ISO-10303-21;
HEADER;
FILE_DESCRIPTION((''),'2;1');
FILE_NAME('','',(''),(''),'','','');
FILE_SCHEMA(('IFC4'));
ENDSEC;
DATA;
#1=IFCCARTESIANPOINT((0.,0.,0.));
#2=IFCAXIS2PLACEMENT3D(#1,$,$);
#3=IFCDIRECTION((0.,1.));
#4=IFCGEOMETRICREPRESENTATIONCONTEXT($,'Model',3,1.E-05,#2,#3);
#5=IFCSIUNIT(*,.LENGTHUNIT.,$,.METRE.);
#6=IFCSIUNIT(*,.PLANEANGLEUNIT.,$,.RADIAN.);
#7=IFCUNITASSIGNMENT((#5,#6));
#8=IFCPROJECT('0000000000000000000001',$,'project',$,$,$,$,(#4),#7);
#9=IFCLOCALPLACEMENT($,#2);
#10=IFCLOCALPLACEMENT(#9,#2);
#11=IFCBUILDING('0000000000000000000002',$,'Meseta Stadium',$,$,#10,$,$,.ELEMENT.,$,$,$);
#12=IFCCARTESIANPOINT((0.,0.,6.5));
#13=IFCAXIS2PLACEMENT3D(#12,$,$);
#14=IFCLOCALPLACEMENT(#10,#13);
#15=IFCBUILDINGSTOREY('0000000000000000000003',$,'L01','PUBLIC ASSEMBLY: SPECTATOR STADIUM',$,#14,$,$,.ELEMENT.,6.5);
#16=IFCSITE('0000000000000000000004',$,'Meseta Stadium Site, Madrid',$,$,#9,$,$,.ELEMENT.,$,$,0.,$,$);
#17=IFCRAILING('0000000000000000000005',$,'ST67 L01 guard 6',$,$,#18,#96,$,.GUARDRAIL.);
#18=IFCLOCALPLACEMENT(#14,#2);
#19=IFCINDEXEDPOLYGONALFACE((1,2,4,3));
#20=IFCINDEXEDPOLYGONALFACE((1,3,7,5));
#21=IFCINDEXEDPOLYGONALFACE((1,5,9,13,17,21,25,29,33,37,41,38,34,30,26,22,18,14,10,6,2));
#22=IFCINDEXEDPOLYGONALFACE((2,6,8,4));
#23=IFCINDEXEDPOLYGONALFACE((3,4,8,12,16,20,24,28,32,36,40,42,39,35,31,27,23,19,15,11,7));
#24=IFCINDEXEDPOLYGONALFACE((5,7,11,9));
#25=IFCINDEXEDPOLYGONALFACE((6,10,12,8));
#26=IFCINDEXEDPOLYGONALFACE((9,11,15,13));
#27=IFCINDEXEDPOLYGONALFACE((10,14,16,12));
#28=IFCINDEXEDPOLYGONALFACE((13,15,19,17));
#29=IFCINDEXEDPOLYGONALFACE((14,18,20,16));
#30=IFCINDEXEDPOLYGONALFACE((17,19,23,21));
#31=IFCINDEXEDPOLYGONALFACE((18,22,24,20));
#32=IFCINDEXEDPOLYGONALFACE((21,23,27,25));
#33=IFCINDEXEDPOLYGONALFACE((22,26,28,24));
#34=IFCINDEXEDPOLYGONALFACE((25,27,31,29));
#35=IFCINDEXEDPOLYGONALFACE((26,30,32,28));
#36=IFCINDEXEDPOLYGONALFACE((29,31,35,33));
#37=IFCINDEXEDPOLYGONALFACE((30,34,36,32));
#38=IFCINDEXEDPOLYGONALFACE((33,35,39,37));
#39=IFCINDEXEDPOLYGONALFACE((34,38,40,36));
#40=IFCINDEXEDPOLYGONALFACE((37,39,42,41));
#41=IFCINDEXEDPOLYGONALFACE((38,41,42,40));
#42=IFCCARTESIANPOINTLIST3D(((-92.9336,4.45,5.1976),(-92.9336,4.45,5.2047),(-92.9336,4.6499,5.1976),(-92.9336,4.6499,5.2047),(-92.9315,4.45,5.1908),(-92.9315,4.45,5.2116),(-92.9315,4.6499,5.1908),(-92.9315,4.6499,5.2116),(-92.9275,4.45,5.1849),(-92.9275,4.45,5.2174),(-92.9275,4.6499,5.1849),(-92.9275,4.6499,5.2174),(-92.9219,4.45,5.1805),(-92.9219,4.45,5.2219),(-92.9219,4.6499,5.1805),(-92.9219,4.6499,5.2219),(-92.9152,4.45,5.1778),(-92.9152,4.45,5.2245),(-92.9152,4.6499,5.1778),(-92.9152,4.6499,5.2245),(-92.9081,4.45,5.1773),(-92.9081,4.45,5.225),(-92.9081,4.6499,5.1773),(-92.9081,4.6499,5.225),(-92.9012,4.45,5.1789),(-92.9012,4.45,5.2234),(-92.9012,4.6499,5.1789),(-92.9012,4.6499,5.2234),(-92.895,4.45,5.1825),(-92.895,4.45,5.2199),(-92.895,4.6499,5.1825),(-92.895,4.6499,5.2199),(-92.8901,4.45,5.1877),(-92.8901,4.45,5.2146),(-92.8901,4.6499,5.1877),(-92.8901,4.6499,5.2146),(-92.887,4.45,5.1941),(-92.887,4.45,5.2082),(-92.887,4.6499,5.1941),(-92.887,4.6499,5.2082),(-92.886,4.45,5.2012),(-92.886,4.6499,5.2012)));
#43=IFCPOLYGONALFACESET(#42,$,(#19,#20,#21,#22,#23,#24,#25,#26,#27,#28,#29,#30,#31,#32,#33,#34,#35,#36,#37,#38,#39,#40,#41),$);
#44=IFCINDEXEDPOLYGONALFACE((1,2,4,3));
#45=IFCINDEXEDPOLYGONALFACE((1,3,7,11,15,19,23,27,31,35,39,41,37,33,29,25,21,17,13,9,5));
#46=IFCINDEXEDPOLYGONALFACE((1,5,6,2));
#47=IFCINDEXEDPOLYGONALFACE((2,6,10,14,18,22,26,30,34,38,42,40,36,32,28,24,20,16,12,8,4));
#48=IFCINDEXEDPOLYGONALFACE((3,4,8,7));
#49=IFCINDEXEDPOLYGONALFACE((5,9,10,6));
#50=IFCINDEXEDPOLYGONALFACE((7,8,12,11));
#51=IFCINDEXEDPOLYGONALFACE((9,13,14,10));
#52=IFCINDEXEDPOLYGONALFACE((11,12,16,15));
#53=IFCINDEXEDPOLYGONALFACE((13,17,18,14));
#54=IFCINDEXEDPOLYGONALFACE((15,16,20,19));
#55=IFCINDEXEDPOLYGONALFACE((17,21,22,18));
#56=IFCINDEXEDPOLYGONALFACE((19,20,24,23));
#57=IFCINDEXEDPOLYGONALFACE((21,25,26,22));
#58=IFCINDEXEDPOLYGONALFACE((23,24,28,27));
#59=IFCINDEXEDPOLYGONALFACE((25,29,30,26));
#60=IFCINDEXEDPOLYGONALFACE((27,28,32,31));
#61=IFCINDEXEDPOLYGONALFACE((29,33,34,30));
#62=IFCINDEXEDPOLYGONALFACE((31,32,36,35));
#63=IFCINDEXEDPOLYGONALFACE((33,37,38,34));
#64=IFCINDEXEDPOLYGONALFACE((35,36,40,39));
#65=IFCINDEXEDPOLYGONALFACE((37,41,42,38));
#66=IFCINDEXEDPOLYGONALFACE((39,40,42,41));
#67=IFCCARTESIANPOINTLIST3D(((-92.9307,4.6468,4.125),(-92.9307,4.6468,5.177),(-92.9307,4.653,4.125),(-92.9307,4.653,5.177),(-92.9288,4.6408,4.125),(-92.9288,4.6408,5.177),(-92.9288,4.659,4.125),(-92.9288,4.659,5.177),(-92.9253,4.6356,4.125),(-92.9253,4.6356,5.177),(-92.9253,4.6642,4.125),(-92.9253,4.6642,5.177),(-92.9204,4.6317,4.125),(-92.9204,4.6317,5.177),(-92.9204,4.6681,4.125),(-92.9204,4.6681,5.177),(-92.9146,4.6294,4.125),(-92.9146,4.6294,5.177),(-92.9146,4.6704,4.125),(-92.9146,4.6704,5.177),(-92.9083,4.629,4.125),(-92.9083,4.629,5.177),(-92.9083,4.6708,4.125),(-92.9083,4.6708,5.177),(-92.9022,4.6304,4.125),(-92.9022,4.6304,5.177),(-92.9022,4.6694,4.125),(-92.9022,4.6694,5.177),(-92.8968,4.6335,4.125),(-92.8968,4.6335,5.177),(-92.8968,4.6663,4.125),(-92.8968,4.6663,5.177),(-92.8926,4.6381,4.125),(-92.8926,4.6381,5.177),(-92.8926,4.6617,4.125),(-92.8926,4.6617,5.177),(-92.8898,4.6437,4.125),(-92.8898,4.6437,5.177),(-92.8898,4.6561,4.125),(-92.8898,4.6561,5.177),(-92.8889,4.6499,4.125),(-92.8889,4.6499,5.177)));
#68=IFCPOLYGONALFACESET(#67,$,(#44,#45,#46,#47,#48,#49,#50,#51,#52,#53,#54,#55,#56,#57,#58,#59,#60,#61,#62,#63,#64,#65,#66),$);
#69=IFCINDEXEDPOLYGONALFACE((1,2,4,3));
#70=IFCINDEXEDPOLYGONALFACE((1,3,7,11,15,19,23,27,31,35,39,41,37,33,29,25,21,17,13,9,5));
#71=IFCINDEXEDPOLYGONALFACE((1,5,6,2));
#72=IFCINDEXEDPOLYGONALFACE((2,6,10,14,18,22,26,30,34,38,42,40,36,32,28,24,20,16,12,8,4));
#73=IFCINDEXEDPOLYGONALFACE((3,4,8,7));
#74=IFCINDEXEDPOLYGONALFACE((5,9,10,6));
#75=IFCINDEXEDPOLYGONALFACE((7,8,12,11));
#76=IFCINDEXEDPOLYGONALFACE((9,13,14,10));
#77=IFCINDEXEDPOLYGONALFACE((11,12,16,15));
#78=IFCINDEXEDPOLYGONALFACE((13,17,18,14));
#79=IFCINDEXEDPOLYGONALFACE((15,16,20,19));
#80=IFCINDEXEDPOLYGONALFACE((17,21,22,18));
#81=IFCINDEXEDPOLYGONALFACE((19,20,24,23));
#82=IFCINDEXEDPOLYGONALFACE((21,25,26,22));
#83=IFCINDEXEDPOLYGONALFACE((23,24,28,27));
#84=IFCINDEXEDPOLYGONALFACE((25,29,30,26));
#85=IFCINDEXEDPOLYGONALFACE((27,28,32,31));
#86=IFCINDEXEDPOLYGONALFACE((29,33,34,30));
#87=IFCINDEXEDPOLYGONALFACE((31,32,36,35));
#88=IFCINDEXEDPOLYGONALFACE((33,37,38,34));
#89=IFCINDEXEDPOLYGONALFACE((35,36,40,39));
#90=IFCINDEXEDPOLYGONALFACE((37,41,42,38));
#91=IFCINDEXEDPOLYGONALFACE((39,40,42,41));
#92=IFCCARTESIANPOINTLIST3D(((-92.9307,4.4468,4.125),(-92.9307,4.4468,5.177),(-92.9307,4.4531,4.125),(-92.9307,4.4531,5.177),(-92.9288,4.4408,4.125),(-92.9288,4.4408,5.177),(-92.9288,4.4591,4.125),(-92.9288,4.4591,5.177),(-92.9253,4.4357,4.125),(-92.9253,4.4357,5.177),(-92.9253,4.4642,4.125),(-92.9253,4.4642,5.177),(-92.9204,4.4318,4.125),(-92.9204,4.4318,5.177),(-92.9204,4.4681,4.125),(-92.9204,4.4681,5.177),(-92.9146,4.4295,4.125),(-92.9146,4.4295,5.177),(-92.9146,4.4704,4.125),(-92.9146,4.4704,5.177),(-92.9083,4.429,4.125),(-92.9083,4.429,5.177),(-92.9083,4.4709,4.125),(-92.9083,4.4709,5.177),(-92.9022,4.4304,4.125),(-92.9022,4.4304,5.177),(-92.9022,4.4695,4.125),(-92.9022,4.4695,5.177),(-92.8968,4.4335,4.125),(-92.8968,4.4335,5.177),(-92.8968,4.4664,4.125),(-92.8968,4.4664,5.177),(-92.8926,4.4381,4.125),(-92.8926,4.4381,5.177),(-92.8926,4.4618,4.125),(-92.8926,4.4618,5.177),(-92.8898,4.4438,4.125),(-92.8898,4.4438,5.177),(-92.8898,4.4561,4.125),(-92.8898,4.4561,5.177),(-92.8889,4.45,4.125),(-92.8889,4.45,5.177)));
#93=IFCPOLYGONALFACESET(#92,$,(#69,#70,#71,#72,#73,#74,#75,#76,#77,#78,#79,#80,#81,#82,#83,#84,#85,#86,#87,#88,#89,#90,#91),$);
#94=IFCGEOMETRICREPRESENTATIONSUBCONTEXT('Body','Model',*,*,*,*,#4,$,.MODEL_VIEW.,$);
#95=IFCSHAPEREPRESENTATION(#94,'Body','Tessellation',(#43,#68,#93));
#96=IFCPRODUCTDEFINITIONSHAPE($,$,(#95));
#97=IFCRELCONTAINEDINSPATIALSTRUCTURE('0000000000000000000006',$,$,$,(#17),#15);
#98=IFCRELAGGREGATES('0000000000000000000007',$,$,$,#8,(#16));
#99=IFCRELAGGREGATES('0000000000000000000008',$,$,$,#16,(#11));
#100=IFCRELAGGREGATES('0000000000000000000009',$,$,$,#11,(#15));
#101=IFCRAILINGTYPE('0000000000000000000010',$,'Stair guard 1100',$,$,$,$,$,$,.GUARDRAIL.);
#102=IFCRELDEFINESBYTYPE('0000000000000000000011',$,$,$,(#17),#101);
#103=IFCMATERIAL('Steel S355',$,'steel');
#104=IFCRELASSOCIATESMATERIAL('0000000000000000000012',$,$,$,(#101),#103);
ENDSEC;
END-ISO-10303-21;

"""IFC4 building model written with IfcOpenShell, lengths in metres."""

from ifc_helpers import new_model, si_unit, direction, frame, origin, origin_2d, place, context, subcontext, project, spatial, circle, extrude, material, type_object, element, save


model = new_model("IFC4")

# Units and contexts
model_context = context("Model", 3, precision=1e-05, world=origin(), true_north=direction((0.0, 1.0)))
body_context = subcontext(model_context, "Body", "Model", "MODEL_VIEW")
ifc_project = project(units=[si_unit("LENGTHUNIT", "METRE"), si_unit("PLANEANGLEUNIT", "RADIAN")], contexts=[model_context])

# Site, building, storey
site_placement = place(None, origin())
site = spatial("IfcSite", under=ifc_project, at=site_placement, Name="Meseta Stadium Site, Madrid", CompositionType="ELEMENT", RefElevation=0.0)
building_placement = place(site_placement, origin())
building = spatial("IfcBuilding", under=site, at=building_placement, Name="Meseta Stadium", CompositionType="ELEMENT")
storey_placement = place(building_placement, frame((0.0, 0.0, 6.5)))
storey = spatial("IfcBuildingStorey", under=building, at=storey_placement, Name="L01", Description="PUBLIC ASSEMBLY: SPECTATOR STADIUM", CompositionType="ELEMENT", Elevation=6.5)

# Railing
ifc_material_1 = material(Name="Steel S355", Category="steel")
railing_type_1 = type_object("IfcRailingType", Name="Stair guard 1100", PredefinedType="GUARDRAIL", material=ifc_material_1)
railing_1_placement = place(storey_placement, frame((-92.9099, 4.6499, 4.125)))
element("IfcRailing", 1, at=railing_1_placement, inside=storey, type_object=railing_type_1, Name="ST67 L01 guard 6", PredefinedType="GUARDRAIL", context=body_context, shape_type="SweptSolid", body=[
    extrude(circle(Radius=0.0239, at=origin_2d()), frame((0.0, 0.0, 1.0762), z_axis=(0.0, -1.0, 0.0), x_axis=(1.0, 0.0, 0.0)), (0.0, 0.0, 1.0), 0.2),
    extrude(circle(Radius=0.021, at=origin_2d()), origin(), (0.0, 0.0, 1.0), 1.052),
    extrude(circle(Radius=0.021, at=origin_2d()), frame((0.0, -0.2, 0.0)), (0.0, 0.0, 1.0), 1.052),
])

save(model, "model.ifc")
